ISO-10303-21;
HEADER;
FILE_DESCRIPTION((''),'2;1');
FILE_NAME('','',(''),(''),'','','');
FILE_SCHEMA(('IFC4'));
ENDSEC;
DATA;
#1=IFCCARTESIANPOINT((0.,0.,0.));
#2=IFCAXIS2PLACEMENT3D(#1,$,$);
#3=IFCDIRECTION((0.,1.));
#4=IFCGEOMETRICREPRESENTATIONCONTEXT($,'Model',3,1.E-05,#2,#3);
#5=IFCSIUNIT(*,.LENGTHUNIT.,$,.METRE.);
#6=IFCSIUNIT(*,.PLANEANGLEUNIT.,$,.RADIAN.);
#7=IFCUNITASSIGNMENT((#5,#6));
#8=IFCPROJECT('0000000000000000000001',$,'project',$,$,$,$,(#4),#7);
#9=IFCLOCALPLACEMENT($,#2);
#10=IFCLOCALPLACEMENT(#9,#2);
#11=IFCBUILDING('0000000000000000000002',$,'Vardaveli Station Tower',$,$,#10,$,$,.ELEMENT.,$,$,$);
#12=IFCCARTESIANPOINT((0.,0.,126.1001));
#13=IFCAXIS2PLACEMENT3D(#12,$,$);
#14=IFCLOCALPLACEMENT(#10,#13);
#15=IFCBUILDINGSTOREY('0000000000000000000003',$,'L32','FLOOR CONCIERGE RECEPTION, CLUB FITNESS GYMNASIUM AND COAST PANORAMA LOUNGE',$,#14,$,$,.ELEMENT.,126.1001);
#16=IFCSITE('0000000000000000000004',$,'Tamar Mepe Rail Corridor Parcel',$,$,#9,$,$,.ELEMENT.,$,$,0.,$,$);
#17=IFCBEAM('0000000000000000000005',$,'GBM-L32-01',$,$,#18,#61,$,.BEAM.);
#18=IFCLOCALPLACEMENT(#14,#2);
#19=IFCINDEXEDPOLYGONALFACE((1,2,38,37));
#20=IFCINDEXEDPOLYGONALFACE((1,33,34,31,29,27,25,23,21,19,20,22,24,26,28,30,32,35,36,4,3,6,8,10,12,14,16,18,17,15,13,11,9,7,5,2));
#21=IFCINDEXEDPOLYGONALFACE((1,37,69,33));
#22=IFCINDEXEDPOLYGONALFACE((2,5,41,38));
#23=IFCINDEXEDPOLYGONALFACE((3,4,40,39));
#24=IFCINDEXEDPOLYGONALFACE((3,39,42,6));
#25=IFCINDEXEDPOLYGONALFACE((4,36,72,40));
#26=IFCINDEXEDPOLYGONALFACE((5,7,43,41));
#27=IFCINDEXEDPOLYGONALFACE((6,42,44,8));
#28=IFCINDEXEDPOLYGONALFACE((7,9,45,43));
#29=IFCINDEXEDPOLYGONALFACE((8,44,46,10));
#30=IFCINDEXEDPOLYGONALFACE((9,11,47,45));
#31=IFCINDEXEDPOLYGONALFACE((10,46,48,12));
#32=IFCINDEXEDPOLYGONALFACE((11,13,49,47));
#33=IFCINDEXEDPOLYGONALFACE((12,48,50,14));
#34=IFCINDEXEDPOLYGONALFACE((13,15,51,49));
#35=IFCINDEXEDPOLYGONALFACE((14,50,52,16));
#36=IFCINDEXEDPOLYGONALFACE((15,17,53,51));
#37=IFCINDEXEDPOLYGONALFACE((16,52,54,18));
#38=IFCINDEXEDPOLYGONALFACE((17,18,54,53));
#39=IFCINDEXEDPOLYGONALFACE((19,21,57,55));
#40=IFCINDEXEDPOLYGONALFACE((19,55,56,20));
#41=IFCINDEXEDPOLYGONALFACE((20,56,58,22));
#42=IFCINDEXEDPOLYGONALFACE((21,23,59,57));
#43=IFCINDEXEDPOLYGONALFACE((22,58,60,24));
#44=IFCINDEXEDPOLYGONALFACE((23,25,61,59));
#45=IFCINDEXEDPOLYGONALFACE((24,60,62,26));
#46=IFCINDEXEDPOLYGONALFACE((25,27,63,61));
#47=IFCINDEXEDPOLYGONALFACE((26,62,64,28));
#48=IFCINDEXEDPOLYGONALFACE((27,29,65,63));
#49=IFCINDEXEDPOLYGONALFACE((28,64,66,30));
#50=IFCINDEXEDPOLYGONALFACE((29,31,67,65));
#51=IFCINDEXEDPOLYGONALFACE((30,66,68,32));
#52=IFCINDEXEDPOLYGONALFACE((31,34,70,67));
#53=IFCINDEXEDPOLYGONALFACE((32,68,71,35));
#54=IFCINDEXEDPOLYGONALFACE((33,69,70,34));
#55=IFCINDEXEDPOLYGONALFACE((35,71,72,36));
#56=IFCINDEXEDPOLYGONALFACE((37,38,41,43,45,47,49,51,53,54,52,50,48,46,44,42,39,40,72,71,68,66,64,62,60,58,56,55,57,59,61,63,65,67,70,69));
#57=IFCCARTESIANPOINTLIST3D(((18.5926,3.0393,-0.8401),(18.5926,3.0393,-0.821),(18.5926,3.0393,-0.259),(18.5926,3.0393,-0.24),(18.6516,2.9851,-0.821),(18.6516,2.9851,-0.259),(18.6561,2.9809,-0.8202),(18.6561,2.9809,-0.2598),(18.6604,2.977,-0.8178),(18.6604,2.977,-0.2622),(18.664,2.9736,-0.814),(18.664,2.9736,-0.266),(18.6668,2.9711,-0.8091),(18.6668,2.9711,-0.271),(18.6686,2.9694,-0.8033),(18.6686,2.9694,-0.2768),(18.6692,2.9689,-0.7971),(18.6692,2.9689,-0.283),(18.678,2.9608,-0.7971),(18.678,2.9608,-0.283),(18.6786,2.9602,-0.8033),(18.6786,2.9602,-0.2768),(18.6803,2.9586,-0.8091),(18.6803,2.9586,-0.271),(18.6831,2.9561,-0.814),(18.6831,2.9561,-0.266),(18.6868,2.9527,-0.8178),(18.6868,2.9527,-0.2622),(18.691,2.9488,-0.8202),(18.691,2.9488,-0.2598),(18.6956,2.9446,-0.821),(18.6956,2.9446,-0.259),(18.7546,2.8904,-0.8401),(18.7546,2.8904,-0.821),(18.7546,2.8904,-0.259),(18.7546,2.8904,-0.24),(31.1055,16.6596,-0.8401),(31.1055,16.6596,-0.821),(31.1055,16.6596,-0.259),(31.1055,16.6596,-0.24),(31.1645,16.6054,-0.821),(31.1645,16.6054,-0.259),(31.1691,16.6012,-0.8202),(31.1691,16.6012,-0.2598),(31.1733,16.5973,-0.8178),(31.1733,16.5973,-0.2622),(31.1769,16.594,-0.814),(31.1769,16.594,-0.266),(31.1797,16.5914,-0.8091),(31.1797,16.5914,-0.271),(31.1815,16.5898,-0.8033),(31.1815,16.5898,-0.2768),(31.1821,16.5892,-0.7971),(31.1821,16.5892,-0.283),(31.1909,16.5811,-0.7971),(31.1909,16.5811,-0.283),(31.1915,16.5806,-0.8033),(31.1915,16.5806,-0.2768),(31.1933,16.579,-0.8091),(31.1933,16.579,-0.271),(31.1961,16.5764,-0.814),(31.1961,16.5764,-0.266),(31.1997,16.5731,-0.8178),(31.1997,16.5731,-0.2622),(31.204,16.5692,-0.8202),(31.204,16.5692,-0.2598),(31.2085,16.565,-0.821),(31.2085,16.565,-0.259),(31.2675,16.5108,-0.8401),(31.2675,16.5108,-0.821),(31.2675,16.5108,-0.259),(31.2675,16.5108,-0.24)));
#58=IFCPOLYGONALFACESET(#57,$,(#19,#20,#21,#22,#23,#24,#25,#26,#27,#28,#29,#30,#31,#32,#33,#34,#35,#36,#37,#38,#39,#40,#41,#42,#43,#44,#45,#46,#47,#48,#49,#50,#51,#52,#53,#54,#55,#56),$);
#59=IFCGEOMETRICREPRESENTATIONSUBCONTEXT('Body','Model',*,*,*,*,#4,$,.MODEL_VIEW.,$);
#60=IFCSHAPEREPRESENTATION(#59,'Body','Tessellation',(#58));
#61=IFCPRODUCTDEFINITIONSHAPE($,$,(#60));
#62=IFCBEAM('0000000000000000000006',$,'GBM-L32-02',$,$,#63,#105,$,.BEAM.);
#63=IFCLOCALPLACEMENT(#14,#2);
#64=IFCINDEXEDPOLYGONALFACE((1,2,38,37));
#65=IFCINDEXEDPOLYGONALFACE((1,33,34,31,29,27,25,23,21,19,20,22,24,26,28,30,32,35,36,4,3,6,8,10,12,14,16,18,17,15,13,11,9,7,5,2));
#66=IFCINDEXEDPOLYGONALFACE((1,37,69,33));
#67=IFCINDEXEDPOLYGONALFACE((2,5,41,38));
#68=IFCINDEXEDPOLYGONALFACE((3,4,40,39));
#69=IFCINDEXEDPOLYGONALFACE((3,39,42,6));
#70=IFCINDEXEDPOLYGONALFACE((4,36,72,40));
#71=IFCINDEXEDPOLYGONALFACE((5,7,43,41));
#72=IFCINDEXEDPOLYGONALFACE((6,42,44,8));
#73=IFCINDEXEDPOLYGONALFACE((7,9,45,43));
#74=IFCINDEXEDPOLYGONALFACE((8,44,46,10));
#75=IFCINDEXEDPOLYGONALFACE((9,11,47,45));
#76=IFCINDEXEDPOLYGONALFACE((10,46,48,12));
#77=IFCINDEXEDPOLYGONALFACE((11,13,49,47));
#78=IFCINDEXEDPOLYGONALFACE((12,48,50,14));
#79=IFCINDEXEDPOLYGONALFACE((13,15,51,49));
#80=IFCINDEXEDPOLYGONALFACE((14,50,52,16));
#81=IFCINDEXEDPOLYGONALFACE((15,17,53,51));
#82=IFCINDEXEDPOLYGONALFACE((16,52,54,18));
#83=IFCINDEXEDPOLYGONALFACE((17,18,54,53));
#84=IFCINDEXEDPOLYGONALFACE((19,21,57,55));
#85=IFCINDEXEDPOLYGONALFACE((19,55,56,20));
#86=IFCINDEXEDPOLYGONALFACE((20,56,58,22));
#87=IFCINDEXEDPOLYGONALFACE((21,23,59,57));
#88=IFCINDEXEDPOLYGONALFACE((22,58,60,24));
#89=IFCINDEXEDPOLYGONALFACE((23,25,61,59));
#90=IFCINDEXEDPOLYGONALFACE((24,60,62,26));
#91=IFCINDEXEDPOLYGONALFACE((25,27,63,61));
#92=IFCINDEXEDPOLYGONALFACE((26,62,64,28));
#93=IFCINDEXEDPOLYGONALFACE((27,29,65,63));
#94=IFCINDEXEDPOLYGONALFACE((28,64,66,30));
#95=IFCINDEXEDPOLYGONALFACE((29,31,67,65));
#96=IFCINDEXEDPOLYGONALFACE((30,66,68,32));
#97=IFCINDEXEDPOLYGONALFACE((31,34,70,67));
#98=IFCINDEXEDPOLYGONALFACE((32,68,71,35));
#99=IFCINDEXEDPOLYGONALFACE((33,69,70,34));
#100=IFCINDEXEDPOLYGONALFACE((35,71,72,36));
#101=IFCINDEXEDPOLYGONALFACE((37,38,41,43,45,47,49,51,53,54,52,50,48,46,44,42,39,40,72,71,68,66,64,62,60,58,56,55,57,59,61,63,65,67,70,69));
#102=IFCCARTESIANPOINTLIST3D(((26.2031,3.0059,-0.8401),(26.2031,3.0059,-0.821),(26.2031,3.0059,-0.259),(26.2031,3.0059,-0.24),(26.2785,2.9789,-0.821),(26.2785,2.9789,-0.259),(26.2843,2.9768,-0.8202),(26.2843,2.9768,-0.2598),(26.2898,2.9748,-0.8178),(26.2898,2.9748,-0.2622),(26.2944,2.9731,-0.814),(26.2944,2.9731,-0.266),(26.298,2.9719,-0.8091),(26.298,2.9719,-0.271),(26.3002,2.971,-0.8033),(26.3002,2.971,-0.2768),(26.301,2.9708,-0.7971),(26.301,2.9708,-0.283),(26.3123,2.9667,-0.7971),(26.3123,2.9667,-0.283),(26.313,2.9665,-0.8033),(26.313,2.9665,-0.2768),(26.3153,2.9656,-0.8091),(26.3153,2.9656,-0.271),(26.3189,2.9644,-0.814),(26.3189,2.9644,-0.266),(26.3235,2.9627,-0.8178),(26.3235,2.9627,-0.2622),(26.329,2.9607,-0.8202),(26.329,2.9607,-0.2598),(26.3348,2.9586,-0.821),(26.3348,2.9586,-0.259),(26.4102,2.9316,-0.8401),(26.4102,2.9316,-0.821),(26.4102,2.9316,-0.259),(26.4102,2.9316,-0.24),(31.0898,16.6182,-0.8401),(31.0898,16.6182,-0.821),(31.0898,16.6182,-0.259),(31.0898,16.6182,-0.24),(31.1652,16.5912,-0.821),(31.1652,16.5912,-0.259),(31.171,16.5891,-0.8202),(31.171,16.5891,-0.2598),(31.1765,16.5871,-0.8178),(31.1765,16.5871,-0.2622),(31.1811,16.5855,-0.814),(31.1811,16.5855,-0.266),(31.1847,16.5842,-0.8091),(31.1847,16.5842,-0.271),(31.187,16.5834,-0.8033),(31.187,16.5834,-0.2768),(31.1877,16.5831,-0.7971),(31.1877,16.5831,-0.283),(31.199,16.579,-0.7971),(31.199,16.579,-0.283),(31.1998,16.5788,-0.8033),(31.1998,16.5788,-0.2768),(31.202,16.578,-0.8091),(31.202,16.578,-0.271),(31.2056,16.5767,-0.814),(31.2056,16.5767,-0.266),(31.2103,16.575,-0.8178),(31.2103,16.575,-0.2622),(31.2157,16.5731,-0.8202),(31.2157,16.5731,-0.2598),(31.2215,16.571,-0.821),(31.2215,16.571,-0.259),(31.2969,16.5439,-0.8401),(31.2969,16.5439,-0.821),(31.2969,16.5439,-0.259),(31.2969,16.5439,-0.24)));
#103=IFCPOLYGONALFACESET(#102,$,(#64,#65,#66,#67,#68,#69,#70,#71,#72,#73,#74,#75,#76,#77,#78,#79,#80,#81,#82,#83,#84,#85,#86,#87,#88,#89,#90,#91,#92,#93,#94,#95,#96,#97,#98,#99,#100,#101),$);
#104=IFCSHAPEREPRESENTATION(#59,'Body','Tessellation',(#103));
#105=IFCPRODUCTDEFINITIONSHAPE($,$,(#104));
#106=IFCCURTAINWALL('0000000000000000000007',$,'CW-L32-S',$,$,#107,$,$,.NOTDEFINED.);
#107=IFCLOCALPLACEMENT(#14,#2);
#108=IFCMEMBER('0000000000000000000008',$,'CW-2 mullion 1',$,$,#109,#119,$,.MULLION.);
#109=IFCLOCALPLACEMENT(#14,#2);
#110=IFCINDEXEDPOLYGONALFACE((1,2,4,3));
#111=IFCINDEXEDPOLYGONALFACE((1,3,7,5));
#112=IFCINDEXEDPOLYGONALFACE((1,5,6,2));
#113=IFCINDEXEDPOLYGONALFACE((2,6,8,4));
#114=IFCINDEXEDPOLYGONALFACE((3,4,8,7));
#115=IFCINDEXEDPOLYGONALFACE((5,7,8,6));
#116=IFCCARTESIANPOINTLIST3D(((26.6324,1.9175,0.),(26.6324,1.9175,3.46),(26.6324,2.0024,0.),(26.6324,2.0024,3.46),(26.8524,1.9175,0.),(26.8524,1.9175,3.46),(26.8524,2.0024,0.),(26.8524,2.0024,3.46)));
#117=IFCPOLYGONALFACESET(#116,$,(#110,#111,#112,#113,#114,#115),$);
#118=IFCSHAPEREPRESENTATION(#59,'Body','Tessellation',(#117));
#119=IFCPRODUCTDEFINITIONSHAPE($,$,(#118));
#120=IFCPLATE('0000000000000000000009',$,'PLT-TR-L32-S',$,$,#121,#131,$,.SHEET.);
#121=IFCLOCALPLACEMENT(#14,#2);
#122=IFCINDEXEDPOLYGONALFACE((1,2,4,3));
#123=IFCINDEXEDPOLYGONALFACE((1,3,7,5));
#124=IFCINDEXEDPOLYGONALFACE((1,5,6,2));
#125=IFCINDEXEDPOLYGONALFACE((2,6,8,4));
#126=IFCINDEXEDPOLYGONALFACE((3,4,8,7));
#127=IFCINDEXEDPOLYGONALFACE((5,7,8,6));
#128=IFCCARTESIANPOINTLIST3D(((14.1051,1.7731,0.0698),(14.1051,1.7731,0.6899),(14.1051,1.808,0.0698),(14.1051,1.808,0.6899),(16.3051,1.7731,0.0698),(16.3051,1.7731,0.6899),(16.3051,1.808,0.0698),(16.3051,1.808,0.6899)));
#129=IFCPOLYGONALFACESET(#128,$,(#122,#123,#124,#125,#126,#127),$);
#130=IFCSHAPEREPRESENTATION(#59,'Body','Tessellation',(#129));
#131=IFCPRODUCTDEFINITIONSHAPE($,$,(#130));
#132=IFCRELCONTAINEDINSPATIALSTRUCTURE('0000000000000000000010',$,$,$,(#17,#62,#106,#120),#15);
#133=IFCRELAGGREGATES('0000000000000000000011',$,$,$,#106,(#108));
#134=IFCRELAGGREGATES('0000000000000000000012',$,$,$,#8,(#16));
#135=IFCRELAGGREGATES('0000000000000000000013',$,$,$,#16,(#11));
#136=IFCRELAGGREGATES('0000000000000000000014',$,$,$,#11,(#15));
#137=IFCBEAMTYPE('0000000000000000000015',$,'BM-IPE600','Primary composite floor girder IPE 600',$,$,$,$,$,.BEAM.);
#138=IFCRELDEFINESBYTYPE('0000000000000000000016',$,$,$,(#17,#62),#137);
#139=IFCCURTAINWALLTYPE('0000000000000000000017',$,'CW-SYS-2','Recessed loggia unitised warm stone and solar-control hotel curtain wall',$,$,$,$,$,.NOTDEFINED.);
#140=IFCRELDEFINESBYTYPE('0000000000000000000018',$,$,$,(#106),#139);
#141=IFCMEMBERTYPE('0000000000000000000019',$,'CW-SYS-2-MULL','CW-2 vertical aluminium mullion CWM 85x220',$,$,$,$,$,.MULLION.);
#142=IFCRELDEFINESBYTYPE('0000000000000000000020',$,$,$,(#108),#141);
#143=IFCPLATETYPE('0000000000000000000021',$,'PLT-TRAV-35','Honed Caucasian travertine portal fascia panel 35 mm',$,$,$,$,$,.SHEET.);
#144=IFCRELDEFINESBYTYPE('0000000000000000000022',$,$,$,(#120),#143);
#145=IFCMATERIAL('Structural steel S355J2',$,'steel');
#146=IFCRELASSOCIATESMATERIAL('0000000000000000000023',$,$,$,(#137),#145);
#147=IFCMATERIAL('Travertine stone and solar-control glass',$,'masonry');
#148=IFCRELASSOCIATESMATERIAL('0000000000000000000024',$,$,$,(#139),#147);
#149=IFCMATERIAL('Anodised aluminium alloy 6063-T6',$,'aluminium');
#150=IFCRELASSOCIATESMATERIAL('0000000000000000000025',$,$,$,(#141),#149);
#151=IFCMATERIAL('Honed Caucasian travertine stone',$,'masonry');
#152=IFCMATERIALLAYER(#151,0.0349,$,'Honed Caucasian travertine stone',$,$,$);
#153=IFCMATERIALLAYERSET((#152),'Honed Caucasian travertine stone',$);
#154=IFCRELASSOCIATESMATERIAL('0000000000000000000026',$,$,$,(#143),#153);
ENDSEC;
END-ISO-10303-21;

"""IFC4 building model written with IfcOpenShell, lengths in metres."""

from ifc_helpers import new_model, si_unit, direction, frame, origin, origin_2d, place, context, subcontext, project, spatial, rectangle, i_section, extrude, source, transform, mapped, material, layer, layer_set, material_profile, profile_set, type_object, element, aggregate, save


model = new_model("IFC4")

# Units and contexts
model_context = context("Model", 3, precision=1e-05, world=origin(), true_north=direction((0.0, 1.0)))
body_context = subcontext(model_context, "Body", "Model", "MODEL_VIEW")
ifc_project = project(units=[si_unit("LENGTHUNIT", "METRE"), si_unit("PLANEANGLEUNIT", "RADIAN")], contexts=[model_context])

# Site, building, storey
site_placement = place(None, origin())
site = spatial("IfcSite", under=ifc_project, at=site_placement, Name="Tamar Mepe Rail Corridor Parcel", CompositionType="ELEMENT", RefElevation=0.0)
building_placement = place(site_placement, origin())
building = spatial("IfcBuilding", under=site, at=building_placement, Name="Vardaveli Station Tower", CompositionType="ELEMENT")
storey_placement = place(building_placement, frame((0.0, 0.0, 126.1001)))
storey = spatial("IfcBuildingStorey", under=building, at=storey_placement, Name="L32", Description="FLOOR CONCIERGE RECEPTION, CLUB FITNESS GYMNASIUM AND COAST PANORAMA LOUNGE", CompositionType="ELEMENT", Elevation=126.1001)

# Beams
ifc_material_1 = material(Name="Structural steel S355J2", Category="steel")
ifc_material_profile_1 = material_profile(ifc_material_1, i_section(OverallWidth=0.22, OverallDepth=0.6001, WebThickness=0.012, FlangeThickness=0.019, FilletRadius=0.0239, at=origin_2d()), Name="IPE 600")
ifc_profile_set_1 = profile_set([ifc_material_profile_1], Name="Structural steel S355J2")
beam_type_1 = type_object("IfcBeamType", Name="BM-IPE600", Description="Primary composite floor girder IPE 600", PredefinedType="BEAM", material=ifc_profile_set_1)
shared_shape_1 = source(origin(), body_context, "Body", "SweptSolid", [
    extrude(i_section(OverallWidth=0.22, OverallDepth=0.6001, WebThickness=0.012, FlangeThickness=0.019, FilletRadius=0.0239, at=origin_2d()), origin(), (0.0, 0.0, 1.0), 18.4956),
])
beam_1_placement = place(storey_placement, frame((18.6736, 2.9648, -0.54), z_axis=(0.676535, 0.73641, 0.0), x_axis=(-0.73641, 0.676535, 0.0)))
element("IfcBeam", 1, at=beam_1_placement, inside=storey, type_object=beam_type_1, Name="GBM-L32-01", PredefinedType="BEAM", context=body_context, shape_type="MappedRepresentation", body=[
    mapped(shared_shape_1, transform((0.0, 0.0, 0.0), scale=1.0)),
])
shared_shape_2 = source(origin(), body_context, "Body", "SweptSolid", [
    extrude(i_section(OverallWidth=0.22, OverallDepth=0.6001, WebThickness=0.012, FlangeThickness=0.019, FilletRadius=0.0239, at=origin_2d()), origin(), (0.0, 0.0, 1.0), 14.4629),
])
beam_2_placement = place(storey_placement, frame((26.3066, 2.9688, -0.54), z_axis=(0.33788, 0.941189, 0.0), x_axis=(-0.941189, 0.33788, 0.0)))
element("IfcBeam", 2, at=beam_2_placement, inside=storey, type_object=beam_type_1, Name="GBM-L32-02", PredefinedType="BEAM", context=body_context, shape_type="MappedRepresentation", body=[
    mapped(shared_shape_2, transform((0.0, 0.0, 0.0), scale=1.0)),
])

# Curtain wall, member
ifc_material_2 = material(Name="Travertine stone and solar-control glass", Category="masonry")
curtain_wall_type = type_object("IfcCurtainWallType", Name="CW-SYS-2", Description="Recessed loggia unitised warm stone and solar-control hotel curtain wall", PredefinedType="NOTDEFINED", material=ifc_material_2)
curtain_wall_placement = place(storey_placement, origin())
curtain_wall = element("IfcCurtainWall", 3, at=curtain_wall_placement, inside=storey, type_object=curtain_wall_type, Name="CW-L32-S", PredefinedType="NOTDEFINED")
ifc_material_3 = material(Name="Anodised aluminium alloy 6063-T6", Category="aluminium")
ifc_material_profile_2 = material_profile(ifc_material_3, rectangle(XDim=0.085, YDim=0.22, at=origin_2d()), Name="CWM 85x220")
ifc_profile_set_2 = profile_set([ifc_material_profile_2], Name="Anodised aluminium alloy 6063-T6")
member_type = type_object("IfcMemberType", Name="CW-SYS-2-MULL", Description="CW-2 vertical aluminium mullion CWM 85x220", PredefinedType="MULLION", material=ifc_profile_set_2)
shared_shape_3 = source(origin(), body_context, "Body", "SweptSolid", [
    extrude(rectangle(XDim=0.085, YDim=0.22, at=origin_2d()), origin(), (0.0, 0.0, 1.0), 3.46),
])
member_placement = place(storey_placement, frame((26.7424, 1.96, 0.0), z_axis=(0.0, 0.0, 1.0), x_axis=(0.0, 1.0, 0.0)))
member = element("IfcMember", 4, at=member_placement, type_object=member_type, Name="CW-2 mullion 1", PredefinedType="MULLION", context=body_context, shape_type="MappedRepresentation", body=[
    mapped(shared_shape_3, transform((0.0, 0.0, 0.0), scale=1.0)),
])
aggregate(curtain_wall, [member])

# Plate
ifc_material_4 = material(Name="Honed Caucasian travertine stone", Category="masonry")
ifc_layer_1 = layer(ifc_material_4, 0.0349, Name="Honed Caucasian travertine stone")
ifc_layer_set_1 = layer_set([ifc_layer_1], Name="Honed Caucasian travertine stone")
plate_type = type_object("IfcPlateType", Name="PLT-TRAV-35", Description="Honed Caucasian travertine portal fascia panel 35 mm", PredefinedType="SHEET", material=ifc_layer_set_1)
shared_shape_4 = source(origin(), body_context, "Body", "SweptSolid", [
    extrude(rectangle(XDim=2.2, YDim=0.0349, at=origin_2d()), origin(), (0.0, 0.0, 1.0), 0.6201),
])
plate_placement = place(storey_placement, frame((15.2051, 1.7905, 0.0698), z_axis=(0.0, 0.0, 1.0), x_axis=(1.0, 0.0, 0.0)))
element("IfcPlate", 5, at=plate_placement, inside=storey, type_object=plate_type, Name="PLT-TR-L32-S", PredefinedType="SHEET", context=body_context, shape_type="MappedRepresentation", body=[
    mapped(shared_shape_4, transform((0.0, 0.0, 0.0), scale=1.0)),
])

save(model, "model.ifc")
